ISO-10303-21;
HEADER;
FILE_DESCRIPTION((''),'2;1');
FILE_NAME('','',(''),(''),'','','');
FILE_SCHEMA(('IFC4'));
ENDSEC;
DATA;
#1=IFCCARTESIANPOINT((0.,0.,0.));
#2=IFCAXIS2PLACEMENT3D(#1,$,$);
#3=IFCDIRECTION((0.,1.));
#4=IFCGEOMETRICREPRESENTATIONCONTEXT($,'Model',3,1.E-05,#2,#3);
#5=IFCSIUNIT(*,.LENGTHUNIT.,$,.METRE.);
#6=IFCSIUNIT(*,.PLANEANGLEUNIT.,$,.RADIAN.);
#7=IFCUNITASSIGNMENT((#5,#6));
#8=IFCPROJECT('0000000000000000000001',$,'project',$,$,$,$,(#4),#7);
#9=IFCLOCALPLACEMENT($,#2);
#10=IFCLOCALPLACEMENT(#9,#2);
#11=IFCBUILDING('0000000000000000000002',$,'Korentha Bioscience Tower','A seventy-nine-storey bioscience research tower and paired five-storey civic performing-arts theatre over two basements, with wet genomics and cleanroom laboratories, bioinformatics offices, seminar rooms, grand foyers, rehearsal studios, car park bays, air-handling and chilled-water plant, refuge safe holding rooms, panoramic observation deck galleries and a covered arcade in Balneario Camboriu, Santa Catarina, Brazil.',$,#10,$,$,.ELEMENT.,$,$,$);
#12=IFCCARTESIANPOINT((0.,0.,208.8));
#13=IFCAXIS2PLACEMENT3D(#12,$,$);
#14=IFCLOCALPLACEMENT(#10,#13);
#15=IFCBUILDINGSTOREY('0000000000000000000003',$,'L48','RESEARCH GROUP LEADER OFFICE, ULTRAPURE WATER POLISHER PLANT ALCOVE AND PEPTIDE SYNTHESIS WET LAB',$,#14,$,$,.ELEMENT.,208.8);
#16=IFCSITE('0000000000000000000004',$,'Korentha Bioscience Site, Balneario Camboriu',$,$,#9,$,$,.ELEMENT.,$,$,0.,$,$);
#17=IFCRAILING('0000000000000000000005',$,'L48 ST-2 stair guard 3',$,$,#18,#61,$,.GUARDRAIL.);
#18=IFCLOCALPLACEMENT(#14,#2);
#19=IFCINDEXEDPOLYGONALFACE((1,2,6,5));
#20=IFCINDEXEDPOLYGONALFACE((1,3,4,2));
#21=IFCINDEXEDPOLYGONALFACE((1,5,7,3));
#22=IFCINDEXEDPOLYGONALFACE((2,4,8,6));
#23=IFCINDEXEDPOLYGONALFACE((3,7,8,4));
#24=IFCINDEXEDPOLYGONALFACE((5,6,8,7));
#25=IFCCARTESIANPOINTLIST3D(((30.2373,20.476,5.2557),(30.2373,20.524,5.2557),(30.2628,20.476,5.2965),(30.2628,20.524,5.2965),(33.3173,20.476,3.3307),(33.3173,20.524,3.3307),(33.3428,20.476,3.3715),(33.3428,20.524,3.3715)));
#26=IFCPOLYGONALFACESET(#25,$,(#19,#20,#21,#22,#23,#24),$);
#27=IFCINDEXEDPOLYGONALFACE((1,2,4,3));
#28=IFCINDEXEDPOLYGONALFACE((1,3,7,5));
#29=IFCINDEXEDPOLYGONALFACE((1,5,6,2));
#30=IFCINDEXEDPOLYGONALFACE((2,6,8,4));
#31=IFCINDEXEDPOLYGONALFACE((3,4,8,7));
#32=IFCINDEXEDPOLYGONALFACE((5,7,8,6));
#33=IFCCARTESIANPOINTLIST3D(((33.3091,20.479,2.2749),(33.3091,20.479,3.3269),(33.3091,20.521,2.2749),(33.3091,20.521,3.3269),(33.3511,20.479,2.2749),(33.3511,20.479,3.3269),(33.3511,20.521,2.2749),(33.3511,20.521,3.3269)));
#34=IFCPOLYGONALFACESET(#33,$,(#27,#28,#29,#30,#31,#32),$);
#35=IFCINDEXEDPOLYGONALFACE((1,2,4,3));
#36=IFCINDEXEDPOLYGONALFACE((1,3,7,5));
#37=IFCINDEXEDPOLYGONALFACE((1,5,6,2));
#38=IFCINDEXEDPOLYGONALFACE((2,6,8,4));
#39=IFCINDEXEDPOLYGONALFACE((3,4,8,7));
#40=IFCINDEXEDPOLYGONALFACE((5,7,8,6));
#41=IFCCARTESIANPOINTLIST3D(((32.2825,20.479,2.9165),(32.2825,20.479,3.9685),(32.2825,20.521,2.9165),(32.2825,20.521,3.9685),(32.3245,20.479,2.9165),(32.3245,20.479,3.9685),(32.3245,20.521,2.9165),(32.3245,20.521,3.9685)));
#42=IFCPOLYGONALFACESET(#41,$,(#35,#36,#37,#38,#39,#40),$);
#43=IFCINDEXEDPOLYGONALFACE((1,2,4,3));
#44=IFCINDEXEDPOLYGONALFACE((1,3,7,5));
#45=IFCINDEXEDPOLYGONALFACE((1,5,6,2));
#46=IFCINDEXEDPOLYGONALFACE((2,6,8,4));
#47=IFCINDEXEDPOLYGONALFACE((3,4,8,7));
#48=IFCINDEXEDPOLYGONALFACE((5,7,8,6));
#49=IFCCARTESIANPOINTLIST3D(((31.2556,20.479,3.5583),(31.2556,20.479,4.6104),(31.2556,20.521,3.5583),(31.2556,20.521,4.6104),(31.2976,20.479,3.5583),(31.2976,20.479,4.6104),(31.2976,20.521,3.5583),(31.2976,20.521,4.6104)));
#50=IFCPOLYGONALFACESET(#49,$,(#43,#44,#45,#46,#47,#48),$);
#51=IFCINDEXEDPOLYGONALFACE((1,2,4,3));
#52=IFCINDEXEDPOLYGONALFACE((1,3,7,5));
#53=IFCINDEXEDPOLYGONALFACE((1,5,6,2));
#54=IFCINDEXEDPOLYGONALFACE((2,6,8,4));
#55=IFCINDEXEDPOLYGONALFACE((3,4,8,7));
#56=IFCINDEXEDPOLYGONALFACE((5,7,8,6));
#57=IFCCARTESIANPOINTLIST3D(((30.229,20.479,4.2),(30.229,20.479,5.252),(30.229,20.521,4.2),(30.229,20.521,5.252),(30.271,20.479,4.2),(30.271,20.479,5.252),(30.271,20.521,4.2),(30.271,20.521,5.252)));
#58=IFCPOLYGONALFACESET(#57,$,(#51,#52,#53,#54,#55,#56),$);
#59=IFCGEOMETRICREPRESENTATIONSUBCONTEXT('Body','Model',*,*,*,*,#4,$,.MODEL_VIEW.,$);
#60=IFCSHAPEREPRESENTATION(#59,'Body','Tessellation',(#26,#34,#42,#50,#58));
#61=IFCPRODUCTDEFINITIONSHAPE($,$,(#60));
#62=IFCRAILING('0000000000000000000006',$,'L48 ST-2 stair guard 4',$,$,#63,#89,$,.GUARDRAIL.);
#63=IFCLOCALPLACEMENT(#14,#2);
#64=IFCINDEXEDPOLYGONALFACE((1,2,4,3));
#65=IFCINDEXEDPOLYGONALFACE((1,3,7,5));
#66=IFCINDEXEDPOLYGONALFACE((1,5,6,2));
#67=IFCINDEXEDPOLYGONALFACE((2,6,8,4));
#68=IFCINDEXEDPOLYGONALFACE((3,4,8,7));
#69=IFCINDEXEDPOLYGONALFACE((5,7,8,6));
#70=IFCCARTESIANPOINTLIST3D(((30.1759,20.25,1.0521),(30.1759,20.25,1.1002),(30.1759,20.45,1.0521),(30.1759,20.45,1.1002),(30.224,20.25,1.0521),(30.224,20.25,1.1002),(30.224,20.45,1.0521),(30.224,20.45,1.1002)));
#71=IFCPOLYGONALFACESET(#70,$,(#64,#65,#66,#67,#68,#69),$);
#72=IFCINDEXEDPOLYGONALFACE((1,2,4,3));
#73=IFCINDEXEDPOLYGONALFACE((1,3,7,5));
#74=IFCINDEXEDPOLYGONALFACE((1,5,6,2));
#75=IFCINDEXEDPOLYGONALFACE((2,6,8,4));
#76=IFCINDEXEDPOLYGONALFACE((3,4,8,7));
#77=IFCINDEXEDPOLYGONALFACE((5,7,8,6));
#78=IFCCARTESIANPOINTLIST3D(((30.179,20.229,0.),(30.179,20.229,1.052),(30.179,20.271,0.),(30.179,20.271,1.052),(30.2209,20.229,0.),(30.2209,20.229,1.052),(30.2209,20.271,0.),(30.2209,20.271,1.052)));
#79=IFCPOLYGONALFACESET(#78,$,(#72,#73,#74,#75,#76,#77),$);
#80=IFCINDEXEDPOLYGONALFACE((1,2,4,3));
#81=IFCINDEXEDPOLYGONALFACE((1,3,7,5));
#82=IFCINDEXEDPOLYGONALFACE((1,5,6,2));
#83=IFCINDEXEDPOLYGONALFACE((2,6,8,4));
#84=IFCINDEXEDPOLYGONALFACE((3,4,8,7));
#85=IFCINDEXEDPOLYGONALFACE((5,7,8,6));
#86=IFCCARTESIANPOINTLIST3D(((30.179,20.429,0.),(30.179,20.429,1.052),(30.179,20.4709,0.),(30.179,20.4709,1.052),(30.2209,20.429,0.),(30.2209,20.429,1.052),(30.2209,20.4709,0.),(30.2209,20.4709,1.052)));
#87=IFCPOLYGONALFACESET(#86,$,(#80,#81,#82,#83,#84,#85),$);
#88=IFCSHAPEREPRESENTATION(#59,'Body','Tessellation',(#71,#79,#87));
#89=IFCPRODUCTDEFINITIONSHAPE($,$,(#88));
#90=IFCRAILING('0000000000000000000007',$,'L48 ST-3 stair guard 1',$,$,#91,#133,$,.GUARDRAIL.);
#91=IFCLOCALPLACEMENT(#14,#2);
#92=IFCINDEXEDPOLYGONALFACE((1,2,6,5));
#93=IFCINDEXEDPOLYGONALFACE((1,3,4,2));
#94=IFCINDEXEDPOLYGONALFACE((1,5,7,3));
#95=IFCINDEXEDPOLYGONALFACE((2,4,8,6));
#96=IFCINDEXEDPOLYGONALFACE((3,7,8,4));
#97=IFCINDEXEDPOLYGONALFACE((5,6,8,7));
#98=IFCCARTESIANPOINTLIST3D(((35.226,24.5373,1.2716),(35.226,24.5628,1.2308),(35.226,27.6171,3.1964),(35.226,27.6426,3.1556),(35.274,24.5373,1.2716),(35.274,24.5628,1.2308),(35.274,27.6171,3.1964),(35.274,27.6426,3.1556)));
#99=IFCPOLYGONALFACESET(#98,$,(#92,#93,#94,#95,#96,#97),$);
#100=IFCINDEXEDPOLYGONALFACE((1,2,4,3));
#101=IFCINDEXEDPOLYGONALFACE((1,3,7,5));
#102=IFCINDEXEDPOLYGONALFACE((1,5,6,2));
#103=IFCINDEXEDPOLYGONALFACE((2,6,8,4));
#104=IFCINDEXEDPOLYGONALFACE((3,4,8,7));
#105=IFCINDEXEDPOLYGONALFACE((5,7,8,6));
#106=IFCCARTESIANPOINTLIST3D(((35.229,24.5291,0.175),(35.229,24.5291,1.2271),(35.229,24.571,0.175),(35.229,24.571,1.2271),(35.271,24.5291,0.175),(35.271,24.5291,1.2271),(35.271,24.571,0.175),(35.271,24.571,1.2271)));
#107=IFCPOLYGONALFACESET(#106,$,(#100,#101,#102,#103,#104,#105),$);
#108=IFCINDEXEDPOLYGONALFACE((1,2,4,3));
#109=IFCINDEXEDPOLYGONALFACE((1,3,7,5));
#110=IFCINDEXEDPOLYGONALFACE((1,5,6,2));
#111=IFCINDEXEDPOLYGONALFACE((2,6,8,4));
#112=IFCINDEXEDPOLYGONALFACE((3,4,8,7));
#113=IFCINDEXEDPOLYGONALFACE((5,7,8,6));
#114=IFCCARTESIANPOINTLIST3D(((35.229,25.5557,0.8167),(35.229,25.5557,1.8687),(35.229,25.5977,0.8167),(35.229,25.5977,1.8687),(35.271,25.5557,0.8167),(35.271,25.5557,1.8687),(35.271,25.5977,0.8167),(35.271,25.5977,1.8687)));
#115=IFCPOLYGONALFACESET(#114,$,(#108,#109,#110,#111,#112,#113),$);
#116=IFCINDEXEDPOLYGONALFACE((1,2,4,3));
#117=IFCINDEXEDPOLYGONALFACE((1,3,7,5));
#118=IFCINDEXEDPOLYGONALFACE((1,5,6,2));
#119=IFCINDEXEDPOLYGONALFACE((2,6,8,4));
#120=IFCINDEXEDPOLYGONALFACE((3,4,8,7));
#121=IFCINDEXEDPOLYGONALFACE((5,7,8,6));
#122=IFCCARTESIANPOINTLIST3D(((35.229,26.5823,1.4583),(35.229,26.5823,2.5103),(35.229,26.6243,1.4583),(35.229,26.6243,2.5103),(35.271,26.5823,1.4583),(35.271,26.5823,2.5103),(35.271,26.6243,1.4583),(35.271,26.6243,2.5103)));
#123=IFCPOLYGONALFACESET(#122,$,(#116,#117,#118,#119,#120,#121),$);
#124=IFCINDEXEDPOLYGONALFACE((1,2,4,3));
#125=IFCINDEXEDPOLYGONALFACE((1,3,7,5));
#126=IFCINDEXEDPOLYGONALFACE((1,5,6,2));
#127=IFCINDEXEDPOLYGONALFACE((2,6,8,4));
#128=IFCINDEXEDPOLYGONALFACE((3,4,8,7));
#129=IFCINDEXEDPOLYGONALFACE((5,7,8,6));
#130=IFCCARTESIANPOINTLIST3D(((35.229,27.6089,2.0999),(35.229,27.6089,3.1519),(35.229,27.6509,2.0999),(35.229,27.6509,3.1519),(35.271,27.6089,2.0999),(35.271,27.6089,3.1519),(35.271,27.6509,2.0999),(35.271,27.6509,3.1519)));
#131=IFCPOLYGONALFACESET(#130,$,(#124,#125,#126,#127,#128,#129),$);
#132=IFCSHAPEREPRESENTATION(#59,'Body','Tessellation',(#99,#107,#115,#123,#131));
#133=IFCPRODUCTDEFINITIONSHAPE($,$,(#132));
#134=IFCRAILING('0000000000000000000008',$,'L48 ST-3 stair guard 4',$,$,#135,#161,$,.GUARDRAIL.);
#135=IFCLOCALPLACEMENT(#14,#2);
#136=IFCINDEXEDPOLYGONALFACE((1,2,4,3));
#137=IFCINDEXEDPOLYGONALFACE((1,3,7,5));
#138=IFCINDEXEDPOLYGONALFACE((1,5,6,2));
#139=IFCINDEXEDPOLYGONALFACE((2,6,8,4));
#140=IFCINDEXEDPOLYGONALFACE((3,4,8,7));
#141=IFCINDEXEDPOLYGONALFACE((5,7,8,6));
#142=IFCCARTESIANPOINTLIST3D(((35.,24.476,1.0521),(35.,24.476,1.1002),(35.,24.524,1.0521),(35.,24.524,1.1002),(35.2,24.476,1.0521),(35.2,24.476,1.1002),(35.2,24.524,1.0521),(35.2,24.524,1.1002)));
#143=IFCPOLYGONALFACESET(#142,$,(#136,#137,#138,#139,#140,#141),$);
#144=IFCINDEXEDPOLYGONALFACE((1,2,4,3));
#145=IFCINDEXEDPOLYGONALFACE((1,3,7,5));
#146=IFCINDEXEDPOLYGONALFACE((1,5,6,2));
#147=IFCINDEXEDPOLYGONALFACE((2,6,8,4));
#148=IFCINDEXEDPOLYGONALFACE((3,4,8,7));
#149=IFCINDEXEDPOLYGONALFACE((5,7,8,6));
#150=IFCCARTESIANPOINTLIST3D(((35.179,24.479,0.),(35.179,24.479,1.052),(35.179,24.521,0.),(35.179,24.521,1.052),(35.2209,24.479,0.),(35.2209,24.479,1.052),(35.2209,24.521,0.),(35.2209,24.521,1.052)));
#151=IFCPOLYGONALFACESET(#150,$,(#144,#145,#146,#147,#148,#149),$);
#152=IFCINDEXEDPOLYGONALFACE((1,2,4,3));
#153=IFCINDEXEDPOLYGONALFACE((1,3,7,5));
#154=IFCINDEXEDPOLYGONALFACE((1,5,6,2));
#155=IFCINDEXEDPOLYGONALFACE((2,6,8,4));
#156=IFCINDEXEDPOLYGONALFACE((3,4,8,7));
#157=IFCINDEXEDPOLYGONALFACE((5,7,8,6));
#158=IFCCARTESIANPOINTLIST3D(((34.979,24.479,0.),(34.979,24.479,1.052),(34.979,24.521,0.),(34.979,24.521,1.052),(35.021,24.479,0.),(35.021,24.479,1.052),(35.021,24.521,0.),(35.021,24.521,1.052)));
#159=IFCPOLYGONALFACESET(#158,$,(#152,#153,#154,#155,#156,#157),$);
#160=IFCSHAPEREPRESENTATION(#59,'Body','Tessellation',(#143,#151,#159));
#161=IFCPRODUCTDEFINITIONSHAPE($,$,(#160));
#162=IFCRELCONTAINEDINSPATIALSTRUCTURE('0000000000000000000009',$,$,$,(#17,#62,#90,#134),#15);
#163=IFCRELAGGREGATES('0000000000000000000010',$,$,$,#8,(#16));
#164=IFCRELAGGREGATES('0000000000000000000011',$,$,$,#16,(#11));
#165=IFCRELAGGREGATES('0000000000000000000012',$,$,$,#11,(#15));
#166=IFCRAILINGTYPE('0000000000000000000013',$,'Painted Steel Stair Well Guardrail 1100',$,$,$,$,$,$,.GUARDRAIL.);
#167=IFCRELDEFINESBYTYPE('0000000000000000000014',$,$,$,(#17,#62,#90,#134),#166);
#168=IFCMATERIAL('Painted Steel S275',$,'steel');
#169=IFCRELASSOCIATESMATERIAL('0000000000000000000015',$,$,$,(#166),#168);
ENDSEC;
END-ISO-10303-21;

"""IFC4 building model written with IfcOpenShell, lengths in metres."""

from ifc_helpers import new_model, si_unit, direction, frame, origin, origin_2d, place, context, subcontext, project, spatial, rectangle, extrude, material, type_object, element, save


model = new_model("IFC4")

# Units and contexts
model_context = context("Model", 3, precision=1e-05, world=origin(), true_north=direction((0.0, 1.0)))
body_context = subcontext(model_context, "Body", "Model", "MODEL_VIEW")
ifc_project = project(units=[si_unit("LENGTHUNIT", "METRE"), si_unit("PLANEANGLEUNIT", "RADIAN")], contexts=[model_context])

# Site, building, storey
site_placement = place(None, origin())
site = spatial("IfcSite", under=ifc_project, at=site_placement, Name="Korentha Bioscience Site, Balneario Camboriu", CompositionType="ELEMENT", RefElevation=0.0)
building_placement = place(site_placement, origin())
building = spatial("IfcBuilding", under=site, at=building_placement, Name="Korentha Bioscience Tower", Description="A seventy-nine-storey bioscience research tower and paired five-storey civic performing-arts theatre over two basements, with wet genomics and cleanroom laboratories, bioinformatics offices, seminar rooms, grand foyers, rehearsal studios, car park bays, air-handling and chilled-water plant, refuge safe holding rooms, panoramic observation deck galleries and a covered arcade in Balneario Camboriu, Santa Catarina, Brazil.", CompositionType="ELEMENT")
storey_placement = place(building_placement, frame((0.0, 0.0, 208.8)))
storey = spatial("IfcBuildingStorey", under=building, at=storey_placement, Name="L48", Description="RESEARCH GROUP LEADER OFFICE, ULTRAPURE WATER POLISHER PLANT ALCOVE AND PEPTIDE SYNTHESIS WET LAB", CompositionType="ELEMENT", Elevation=208.8)

# Railings
ifc_material_1 = material(Name="Painted Steel S275", Category="steel")
railing_type_1 = type_object("IfcRailingType", Name="Painted Steel Stair Well Guardrail 1100", PredefinedType="GUARDRAIL", material=ifc_material_1)
railing_1_placement = place(storey_placement, frame((33.3301, 20.5, 2.2749)))
element("IfcRailing", 1, at=railing_1_placement, inside=storey, type_object=railing_type_1, Name="L48 ST-2 stair guard 3", PredefinedType="GUARDRAIL", context=body_context, shape_type="SweptSolid", body=[
    extrude(rectangle(XDim=0.0481, YDim=0.0481, at=origin_2d()), frame((0.0, 0.0, 1.0762), z_axis=(-0.847998, 0.0, 0.529999), x_axis=(0.0, -1.0, 0.0)), (0.0, 0.0, 1.0), 3.6321),
    extrude(rectangle(XDim=0.042, YDim=0.042, at=origin_2d()), origin(), (0.0, 0.0, 1.0), 1.052),
    extrude(rectangle(XDim=0.042, YDim=0.042, at=origin_2d()), frame((-1.0266, 0.0, 0.6416)), (0.0, 0.0, 1.0), 1.052),
    extrude(rectangle(XDim=0.042, YDim=0.042, at=origin_2d()), frame((-2.0535, 0.0, 1.2834)), (0.0, 0.0, 1.0), 1.052),
    extrude(rectangle(XDim=0.042, YDim=0.042, at=origin_2d()), frame((-3.0801, 0.0, 1.925)), (0.0, 0.0, 1.0), 1.052),
])
railing_2_placement = place(storey_placement, frame((30.2, 20.25, 0.0)))
element("IfcRailing", 2, at=railing_2_placement, inside=storey, type_object=railing_type_1, Name="L48 ST-2 stair guard 4", PredefinedType="GUARDRAIL", context=body_context, shape_type="SweptSolid", body=[
    extrude(rectangle(XDim=0.0481, YDim=0.0481, at=origin_2d()), frame((0.0, 0.0, 1.0762), z_axis=(0.0, 1.0, 0.0), x_axis=(-1.0, 0.0, 0.0)), (0.0, 0.0, 1.0), 0.2),
    extrude(rectangle(XDim=0.042, YDim=0.042, at=origin_2d()), origin(), (0.0, 0.0, 1.0), 1.052),
    extrude(rectangle(XDim=0.042, YDim=0.042, at=origin_2d()), frame((0.0, 0.2, 0.0)), (0.0, 0.0, 1.0), 1.052),
])
railing_3_placement = place(storey_placement, frame((35.25, 24.55, 0.175)))
element("IfcRailing", 3, at=railing_3_placement, inside=storey, type_object=railing_type_1, Name="L48 ST-3 stair guard 1", PredefinedType="GUARDRAIL", context=body_context, shape_type="SweptSolid", body=[
    extrude(rectangle(XDim=0.0481, YDim=0.0481, at=origin_2d()), frame((0.0, 0.0, 1.0762), z_axis=(0.0, 0.84801, 0.529981), x_axis=(-1.0, 0.0, 0.0)), (0.0, 0.0, 1.0), 3.6318),
    extrude(rectangle(XDim=0.042, YDim=0.042, at=origin_2d()), origin(), (0.0, 0.0, 1.0), 1.052),
    extrude(rectangle(XDim=0.042, YDim=0.042, at=origin_2d()), frame((0.0, 1.0266, 0.6416)), (0.0, 0.0, 1.0), 1.052),
    extrude(rectangle(XDim=0.042, YDim=0.042, at=origin_2d()), frame((0.0, 2.0532, 1.2832)), (0.0, 0.0, 1.0), 1.052),
    extrude(rectangle(XDim=0.042, YDim=0.042, at=origin_2d()), frame((0.0, 3.0798, 1.9248)), (0.0, 0.0, 1.0), 1.052),
])
railing_4_placement = place(storey_placement, frame((35.2, 24.5, 0.0)))
element("IfcRailing", 4, at=railing_4_placement, inside=storey, type_object=railing_type_1, Name="L48 ST-3 stair guard 4", PredefinedType="GUARDRAIL", context=body_context, shape_type="SweptSolid", body=[
    extrude(rectangle(XDim=0.0481, YDim=0.0481, at=origin_2d()), frame((0.0, 0.0, 1.0762), z_axis=(-1.0, 0.0, 0.0), x_axis=(0.0, -1.0, 0.0)), (0.0, 0.0, 1.0), 0.2),
    extrude(rectangle(XDim=0.042, YDim=0.042, at=origin_2d()), origin(), (0.0, 0.0, 1.0), 1.052),
    extrude(rectangle(XDim=0.042, YDim=0.042, at=origin_2d()), frame((-0.2, 0.0, 0.0)), (0.0, 0.0, 1.0), 1.052),
])

save(model, "model.ifc")
